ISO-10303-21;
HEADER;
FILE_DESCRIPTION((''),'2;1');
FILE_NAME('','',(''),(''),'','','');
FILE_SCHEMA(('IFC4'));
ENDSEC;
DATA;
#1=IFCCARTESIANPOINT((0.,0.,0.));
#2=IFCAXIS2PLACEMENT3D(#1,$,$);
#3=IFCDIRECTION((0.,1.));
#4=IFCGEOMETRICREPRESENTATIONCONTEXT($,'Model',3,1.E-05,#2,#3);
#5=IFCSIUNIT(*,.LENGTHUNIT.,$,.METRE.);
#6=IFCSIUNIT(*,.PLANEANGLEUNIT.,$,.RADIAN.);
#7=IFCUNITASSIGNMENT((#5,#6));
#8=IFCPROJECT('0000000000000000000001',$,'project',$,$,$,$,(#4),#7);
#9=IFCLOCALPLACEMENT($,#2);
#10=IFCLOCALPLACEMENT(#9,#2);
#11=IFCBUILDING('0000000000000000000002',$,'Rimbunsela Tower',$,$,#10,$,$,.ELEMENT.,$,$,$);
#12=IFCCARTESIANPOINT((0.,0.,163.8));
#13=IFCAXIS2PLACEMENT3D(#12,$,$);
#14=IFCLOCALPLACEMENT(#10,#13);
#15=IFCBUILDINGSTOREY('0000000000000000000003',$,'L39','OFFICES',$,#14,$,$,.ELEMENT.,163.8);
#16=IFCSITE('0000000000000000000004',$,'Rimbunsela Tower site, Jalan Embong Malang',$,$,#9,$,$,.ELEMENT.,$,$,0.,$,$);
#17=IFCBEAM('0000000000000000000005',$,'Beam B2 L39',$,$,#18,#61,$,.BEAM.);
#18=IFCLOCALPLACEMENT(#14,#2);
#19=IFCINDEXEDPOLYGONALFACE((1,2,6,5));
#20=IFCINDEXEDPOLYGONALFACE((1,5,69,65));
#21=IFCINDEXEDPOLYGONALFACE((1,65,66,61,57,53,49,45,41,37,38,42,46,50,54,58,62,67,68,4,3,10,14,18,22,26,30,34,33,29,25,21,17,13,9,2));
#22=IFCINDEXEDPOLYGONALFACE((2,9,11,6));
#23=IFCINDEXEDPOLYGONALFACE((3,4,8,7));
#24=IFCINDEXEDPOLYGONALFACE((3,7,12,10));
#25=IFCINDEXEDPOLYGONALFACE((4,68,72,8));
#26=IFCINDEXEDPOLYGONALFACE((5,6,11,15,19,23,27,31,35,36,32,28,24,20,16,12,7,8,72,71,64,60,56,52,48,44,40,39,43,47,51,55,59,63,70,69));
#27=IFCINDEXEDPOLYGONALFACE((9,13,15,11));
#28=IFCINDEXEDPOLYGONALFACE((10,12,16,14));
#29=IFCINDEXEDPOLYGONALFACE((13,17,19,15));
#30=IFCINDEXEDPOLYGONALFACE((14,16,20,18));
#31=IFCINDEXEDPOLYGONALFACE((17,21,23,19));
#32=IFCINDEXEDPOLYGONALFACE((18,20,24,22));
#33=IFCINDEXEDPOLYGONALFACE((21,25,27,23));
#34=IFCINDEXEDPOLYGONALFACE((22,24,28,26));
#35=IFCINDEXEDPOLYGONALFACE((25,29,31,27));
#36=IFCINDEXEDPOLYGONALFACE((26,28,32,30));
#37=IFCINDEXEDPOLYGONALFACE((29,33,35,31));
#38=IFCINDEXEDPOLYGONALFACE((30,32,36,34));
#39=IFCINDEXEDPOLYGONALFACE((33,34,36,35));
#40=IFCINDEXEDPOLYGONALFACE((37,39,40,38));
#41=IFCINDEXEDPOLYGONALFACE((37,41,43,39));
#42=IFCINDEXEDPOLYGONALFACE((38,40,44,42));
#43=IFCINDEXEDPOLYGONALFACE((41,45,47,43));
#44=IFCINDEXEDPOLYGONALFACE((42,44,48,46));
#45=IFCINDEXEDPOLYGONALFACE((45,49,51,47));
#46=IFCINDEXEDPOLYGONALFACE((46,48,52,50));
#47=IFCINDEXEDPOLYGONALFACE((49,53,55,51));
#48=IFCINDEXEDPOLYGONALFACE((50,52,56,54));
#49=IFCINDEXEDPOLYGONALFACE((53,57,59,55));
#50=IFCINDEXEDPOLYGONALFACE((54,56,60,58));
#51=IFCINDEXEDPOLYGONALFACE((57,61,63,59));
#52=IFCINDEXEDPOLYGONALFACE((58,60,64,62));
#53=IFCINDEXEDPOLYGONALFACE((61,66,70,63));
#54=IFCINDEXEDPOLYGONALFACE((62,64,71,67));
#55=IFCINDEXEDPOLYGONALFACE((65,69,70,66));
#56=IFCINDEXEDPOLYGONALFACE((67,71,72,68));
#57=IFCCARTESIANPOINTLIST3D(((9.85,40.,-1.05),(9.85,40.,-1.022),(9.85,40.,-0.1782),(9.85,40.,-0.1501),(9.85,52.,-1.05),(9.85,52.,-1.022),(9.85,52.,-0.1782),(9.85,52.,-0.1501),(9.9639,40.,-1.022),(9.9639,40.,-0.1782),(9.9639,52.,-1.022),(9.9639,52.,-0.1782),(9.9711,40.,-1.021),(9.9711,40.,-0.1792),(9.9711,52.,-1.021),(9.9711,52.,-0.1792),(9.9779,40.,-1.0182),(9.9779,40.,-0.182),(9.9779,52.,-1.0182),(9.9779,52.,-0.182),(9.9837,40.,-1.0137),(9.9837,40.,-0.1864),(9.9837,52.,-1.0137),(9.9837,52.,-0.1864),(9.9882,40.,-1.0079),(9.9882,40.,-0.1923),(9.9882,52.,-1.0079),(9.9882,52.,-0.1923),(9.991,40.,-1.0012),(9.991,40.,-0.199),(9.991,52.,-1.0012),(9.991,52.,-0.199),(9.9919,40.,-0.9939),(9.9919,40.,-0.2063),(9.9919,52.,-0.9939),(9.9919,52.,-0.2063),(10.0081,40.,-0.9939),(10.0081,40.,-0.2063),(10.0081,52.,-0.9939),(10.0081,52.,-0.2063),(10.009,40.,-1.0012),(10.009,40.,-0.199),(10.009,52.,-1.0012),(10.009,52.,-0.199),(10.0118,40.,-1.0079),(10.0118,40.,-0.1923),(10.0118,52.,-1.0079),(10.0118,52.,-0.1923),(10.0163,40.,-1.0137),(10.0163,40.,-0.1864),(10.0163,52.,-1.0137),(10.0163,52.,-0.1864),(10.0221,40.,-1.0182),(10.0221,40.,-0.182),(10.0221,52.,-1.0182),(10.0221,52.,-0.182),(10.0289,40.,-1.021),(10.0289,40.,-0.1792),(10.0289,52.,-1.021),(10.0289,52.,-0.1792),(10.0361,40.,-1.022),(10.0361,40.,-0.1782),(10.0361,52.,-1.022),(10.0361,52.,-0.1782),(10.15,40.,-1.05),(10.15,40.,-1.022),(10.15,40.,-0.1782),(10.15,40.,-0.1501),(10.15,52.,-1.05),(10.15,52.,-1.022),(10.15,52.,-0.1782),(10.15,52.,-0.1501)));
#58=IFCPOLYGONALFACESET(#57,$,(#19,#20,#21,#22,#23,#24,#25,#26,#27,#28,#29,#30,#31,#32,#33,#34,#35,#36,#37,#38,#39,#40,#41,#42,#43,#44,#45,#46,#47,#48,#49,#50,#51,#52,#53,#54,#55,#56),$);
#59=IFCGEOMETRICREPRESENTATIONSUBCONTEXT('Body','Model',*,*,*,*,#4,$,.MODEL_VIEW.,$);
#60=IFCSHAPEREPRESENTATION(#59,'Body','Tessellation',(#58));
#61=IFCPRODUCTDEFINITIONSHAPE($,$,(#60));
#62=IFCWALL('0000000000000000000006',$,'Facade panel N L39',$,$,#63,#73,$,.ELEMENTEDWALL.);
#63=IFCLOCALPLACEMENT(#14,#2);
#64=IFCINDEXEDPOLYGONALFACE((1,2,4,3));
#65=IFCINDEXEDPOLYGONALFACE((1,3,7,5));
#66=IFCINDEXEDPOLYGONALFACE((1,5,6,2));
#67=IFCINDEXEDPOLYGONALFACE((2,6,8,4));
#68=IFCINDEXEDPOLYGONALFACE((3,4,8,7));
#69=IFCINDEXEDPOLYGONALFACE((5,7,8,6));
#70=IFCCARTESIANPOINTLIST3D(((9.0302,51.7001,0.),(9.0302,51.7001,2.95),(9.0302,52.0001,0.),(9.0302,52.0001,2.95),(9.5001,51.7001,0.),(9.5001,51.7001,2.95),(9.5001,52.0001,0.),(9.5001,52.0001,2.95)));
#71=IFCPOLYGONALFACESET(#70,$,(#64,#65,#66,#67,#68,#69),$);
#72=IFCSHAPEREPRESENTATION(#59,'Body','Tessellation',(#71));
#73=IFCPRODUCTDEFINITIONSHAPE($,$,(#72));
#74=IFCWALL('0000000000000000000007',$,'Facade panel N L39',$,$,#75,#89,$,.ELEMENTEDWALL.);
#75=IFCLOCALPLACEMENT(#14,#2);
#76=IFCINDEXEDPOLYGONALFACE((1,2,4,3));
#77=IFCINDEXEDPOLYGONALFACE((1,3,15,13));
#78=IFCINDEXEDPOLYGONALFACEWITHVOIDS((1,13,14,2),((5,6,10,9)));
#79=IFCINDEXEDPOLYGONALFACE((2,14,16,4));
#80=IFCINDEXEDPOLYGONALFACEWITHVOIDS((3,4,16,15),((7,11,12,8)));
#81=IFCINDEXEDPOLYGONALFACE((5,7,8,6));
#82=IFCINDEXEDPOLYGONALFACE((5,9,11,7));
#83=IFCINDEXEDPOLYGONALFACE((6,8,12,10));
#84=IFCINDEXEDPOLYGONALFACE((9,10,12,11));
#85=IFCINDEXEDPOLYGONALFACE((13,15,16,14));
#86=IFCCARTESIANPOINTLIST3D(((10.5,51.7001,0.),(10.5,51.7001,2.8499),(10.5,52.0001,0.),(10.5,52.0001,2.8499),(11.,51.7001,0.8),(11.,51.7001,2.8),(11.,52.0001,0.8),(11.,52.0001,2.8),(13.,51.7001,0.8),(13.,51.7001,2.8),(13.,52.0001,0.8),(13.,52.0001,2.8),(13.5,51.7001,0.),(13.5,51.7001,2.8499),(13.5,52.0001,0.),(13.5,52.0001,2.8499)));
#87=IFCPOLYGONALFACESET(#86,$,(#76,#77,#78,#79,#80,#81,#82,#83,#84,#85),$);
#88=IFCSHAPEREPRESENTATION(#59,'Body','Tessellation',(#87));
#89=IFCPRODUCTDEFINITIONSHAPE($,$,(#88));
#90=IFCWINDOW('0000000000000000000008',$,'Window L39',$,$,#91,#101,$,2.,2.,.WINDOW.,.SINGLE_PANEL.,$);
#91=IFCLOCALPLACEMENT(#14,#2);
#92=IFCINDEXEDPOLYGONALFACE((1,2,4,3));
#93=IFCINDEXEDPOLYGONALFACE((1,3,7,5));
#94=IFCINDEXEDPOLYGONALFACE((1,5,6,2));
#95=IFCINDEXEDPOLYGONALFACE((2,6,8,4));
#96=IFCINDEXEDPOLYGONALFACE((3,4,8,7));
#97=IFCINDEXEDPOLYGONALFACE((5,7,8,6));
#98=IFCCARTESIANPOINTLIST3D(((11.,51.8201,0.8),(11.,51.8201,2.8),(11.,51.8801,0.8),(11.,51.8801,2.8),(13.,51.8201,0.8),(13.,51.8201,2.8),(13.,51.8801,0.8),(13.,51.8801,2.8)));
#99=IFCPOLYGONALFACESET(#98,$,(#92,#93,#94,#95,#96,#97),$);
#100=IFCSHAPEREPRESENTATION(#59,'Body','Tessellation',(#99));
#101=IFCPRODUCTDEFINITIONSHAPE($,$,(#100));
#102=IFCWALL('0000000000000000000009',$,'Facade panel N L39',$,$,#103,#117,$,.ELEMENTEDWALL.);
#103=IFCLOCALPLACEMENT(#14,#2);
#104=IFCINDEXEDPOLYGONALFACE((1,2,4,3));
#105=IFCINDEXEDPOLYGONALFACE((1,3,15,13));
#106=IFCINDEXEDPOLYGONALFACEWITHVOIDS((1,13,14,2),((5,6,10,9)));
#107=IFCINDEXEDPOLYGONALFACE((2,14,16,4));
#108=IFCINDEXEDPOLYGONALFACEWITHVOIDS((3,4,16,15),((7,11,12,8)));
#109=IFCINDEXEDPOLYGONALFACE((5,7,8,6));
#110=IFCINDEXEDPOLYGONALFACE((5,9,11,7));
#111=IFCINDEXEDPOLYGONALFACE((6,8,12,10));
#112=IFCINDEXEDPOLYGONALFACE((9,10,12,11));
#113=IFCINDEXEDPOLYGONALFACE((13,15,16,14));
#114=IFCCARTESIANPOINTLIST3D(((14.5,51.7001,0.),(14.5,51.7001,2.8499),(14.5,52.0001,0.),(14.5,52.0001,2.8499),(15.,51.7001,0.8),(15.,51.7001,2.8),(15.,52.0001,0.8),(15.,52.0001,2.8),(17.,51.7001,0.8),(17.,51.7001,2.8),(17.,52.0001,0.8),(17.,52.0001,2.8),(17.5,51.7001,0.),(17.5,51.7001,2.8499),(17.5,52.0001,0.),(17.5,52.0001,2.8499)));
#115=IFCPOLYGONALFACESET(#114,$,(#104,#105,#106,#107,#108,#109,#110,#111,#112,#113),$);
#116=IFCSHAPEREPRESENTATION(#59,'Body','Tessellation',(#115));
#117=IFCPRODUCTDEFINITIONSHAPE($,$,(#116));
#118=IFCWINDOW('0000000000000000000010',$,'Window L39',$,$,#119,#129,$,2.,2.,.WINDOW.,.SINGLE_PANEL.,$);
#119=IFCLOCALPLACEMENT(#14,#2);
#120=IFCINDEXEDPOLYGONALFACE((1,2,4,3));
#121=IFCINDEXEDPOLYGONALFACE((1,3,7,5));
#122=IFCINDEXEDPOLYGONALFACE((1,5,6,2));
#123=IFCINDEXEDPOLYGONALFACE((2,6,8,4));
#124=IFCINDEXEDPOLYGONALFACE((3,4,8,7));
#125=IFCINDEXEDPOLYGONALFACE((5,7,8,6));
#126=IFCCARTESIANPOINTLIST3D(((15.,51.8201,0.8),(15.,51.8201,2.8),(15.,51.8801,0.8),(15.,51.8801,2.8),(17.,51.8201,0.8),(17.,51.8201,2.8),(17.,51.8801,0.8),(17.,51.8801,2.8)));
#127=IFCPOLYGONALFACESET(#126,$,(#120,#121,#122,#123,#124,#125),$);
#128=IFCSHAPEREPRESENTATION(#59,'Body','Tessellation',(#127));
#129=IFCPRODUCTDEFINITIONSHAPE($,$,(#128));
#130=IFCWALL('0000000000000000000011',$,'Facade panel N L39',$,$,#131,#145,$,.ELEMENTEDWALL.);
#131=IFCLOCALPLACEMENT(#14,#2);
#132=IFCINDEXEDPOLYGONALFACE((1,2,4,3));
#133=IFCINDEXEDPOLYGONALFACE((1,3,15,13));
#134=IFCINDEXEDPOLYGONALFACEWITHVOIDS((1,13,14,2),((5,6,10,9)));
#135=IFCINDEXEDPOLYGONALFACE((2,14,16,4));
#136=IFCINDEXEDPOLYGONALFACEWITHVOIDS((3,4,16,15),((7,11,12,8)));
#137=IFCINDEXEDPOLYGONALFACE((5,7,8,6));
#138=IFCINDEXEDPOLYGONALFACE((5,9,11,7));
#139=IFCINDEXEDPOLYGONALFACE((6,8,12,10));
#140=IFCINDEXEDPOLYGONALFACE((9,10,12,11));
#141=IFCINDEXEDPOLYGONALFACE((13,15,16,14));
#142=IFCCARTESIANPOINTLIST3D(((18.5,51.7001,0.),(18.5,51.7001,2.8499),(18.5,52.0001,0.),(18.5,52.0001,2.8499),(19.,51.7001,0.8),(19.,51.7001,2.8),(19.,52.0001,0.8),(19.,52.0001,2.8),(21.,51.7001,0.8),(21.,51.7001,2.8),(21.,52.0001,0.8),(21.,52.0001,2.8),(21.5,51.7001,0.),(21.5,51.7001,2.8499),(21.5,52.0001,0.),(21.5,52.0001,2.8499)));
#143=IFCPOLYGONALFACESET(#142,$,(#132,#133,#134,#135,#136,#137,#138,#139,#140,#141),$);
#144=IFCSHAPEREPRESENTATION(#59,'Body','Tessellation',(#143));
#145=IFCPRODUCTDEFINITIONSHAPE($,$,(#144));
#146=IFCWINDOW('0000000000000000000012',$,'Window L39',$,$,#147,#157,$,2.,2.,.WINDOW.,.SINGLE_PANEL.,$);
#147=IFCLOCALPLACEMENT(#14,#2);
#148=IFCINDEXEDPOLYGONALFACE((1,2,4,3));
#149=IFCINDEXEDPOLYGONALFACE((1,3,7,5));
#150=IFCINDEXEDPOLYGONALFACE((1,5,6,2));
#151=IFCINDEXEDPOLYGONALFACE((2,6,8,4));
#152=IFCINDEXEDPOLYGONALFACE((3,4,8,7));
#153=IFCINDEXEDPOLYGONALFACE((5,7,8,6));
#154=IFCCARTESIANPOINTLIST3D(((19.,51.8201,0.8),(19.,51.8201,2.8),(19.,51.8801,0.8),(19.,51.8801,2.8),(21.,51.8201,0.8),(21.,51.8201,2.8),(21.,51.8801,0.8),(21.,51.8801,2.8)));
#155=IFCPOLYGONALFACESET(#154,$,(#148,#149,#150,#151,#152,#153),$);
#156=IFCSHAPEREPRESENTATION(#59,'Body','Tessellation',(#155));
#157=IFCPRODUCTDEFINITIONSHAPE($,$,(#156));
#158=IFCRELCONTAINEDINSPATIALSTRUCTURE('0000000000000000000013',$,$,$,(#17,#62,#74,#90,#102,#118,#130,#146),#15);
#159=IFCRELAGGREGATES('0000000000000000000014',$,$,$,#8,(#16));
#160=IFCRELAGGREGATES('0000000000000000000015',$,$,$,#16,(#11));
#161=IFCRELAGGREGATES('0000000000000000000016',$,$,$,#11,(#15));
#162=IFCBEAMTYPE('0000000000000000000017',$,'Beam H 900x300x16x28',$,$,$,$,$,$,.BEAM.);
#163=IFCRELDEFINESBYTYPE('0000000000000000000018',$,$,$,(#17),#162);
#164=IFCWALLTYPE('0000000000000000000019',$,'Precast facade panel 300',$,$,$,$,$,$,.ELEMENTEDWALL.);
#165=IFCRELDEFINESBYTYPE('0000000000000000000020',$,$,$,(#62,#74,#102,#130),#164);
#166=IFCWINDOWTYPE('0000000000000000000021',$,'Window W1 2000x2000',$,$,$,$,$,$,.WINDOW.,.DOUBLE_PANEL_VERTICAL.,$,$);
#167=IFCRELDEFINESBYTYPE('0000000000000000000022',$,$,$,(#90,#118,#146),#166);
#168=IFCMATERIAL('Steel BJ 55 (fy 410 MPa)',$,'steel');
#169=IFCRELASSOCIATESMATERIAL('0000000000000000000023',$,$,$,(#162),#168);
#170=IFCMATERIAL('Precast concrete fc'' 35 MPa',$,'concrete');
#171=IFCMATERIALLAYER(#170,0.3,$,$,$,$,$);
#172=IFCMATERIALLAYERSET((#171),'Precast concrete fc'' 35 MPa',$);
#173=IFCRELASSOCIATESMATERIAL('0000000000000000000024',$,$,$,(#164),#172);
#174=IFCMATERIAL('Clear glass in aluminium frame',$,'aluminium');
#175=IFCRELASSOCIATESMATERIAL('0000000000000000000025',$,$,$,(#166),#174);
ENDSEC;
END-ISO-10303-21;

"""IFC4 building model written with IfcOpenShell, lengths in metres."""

from ifc_helpers import new_model, si_unit, direction, frame, frame_2d, origin, origin_2d, place, context, subcontext, project, spatial, rectangle, i_section, extrude, material, layer, layer_set, material_profile, profile_set, type_object, element, fill, save


model = new_model("IFC4")

# Units and contexts
model_context = context("Model", 3, precision=1e-05, world=origin(), true_north=direction((0.0, 1.0)))
body_context = subcontext(model_context, "Body", "Model", "MODEL_VIEW")
ifc_project = project(units=[si_unit("LENGTHUNIT", "METRE"), si_unit("PLANEANGLEUNIT", "RADIAN")], contexts=[model_context])

# Site, building, storey
site_placement = place(None, origin())
site = spatial("IfcSite", under=ifc_project, at=site_placement, Name="Rimbunsela Tower site, Jalan Embong Malang", CompositionType="ELEMENT", RefElevation=0.0)
building_placement = place(site_placement, origin())
building = spatial("IfcBuilding", under=site, at=building_placement, Name="Rimbunsela Tower", CompositionType="ELEMENT")
storey_placement = place(building_placement, frame((0.0, 0.0, 163.8)))
storey = spatial("IfcBuildingStorey", under=building, at=storey_placement, Name="L39", Description="OFFICES", CompositionType="ELEMENT", Elevation=163.8)

# Beam
ifc_material_1 = material(Name="Steel BJ 55 (fy 410 MPa)", Category="steel")
ifc_material_profile_1 = material_profile(ifc_material_1, i_section(OverallWidth=0.3, OverallDepth=0.8999, WebThickness=0.0161, FlangeThickness=0.0281, FilletRadius=0.0281, at=origin_2d()), Name="H 900x300x16x28")
ifc_profile_set_1 = profile_set([ifc_material_profile_1], Name="Steel BJ 55 (fy 410 MPa)")
beam_type_1 = type_object("IfcBeamType", Name="Beam H 900x300x16x28", PredefinedType="BEAM", material=ifc_profile_set_1)
beam_1_placement = place(storey_placement, frame((10.0, 40.0, -0.6001), z_axis=(0.0, 1.0, 0.0), x_axis=(-1.0, 0.0, 0.0)))
element("IfcBeam", 1, at=beam_1_placement, inside=storey, type_object=beam_type_1, Name="Beam B2 L39", PredefinedType="BEAM", context=body_context, shape_type="SweptSolid", body=[
    extrude(i_section(OverallWidth=0.3, OverallDepth=0.8999, WebThickness=0.0161, FlangeThickness=0.0281, FilletRadius=0.0281, at=origin_2d()), origin(), (0.0, 0.0, 1.0), 12.0),
])

# Wall
ifc_material_2 = material(Name="Precast concrete fc' 35 MPa", Category="concrete")
ifc_layer_1 = layer(ifc_material_2, 0.3)
ifc_layer_set_1 = layer_set([ifc_layer_1], Name="Precast concrete fc' 35 MPa")
wall_type_1 = type_object("IfcWallType", Name="Precast facade panel 300", PredefinedType="ELEMENTEDWALL", material=ifc_layer_set_1)
wall_1_placement = place(storey_placement, frame((9.5, 51.8501, 0.0), z_axis=(0.0, 0.0, 1.0), x_axis=(-1.0, 0.0, 0.0)))
element("IfcWall", 2, at=wall_1_placement, inside=storey, type_object=wall_type_1, Name="Facade panel N L39", PredefinedType="ELEMENTEDWALL", context=body_context, shape_type="SweptSolid", body=[
    extrude(rectangle(XDim=0.47, YDim=0.3, at=frame_2d((0.2349, 0.0))), origin(), (0.0, 0.0, 1.0), 2.95),
])

# Walls, openings, windows
wall_2_placement = place(storey_placement, frame((13.5, 51.8501, 0.0), z_axis=(0.0, 0.0, 1.0), x_axis=(-1.0, 0.0, 0.0)))
wall_2 = element("IfcWall", 3, at=wall_2_placement, inside=storey, type_object=wall_type_1, Name="Facade panel N L39", PredefinedType="ELEMENTEDWALL", context=body_context, shape_type="SweptSolid", body=[
    extrude(rectangle(XDim=3.0, YDim=0.3, at=frame_2d((1.5, 0.0))), origin(), (0.0, 0.0, 1.0), 2.8499),
])
opening_1_placement = place(wall_2_placement, frame((0.5, 0.0, 0.8)))
opening_1 = element("IfcOpeningElement", 4, at=opening_1_placement, cuts=wall_2, PredefinedType="OPENING", context=body_context, shape_type="SweptSolid", body=[
    extrude(rectangle(XDim=2.0, YDim=2.0, at=frame_2d((1.0, 1.0))), frame((0.0, 0.1599, 0.0), z_axis=(0.0, -1.0, 0.0), x_axis=(1.0, 0.0, 0.0)), (0.0, 0.0, 1.0), 0.3201),
])
ifc_material_3 = material(Name="Clear glass in aluminium frame", Category="aluminium")
window_type = type_object("IfcWindowType", Name="Window W1 2000x2000", PartitioningType="DOUBLE_PANEL_VERTICAL", PredefinedType="WINDOW", material=ifc_material_3)
window_1_placement = place(opening_1_placement, origin())
window_1 = element("IfcWindow", 5, at=window_1_placement, inside=storey, type_object=window_type, Name="Window L39", OverallHeight=2.0, OverallWidth=2.0, PartitioningType="SINGLE_PANEL", PredefinedType="WINDOW", context=body_context, shape_type="SweptSolid", body=[
    extrude(rectangle(XDim=2.0, YDim=2.0, at=frame_2d((1.0, 1.0))), frame((0.0, 0.03, 0.0), z_axis=(0.0, -1.0, 0.0), x_axis=(1.0, 0.0, 0.0)), (0.0, 0.0, 1.0), 0.0601),
])
fill(opening_1, window_1)
wall_3_placement = place(storey_placement, frame((17.5, 51.8501, 0.0), z_axis=(0.0, 0.0, 1.0), x_axis=(-1.0, 0.0, 0.0)))
wall_3 = element("IfcWall", 6, at=wall_3_placement, inside=storey, type_object=wall_type_1, Name="Facade panel N L39", PredefinedType="ELEMENTEDWALL", context=body_context, shape_type="SweptSolid", body=[
    extrude(rectangle(XDim=3.0, YDim=0.3, at=frame_2d((1.5, 0.0))), origin(), (0.0, 0.0, 1.0), 2.8499),
])
opening_2_placement = place(wall_3_placement, frame((0.5, 0.0, 0.8)))
opening_2 = element("IfcOpeningElement", 7, at=opening_2_placement, cuts=wall_3, PredefinedType="OPENING", context=body_context, shape_type="SweptSolid", body=[
    extrude(rectangle(XDim=2.0, YDim=2.0, at=frame_2d((1.0, 1.0))), frame((0.0, 0.1599, 0.0), z_axis=(0.0, -1.0, 0.0), x_axis=(1.0, 0.0, 0.0)), (0.0, 0.0, 1.0), 0.3201),
])
window_2_placement = place(opening_2_placement, origin())
window_2 = element("IfcWindow", 8, at=window_2_placement, inside=storey, type_object=window_type, Name="Window L39", OverallHeight=2.0, OverallWidth=2.0, PartitioningType="SINGLE_PANEL", PredefinedType="WINDOW", context=body_context, shape_type="SweptSolid", body=[
    extrude(rectangle(XDim=2.0, YDim=2.0, at=frame_2d((1.0, 1.0))), frame((0.0, 0.03, 0.0), z_axis=(0.0, -1.0, 0.0), x_axis=(1.0, 0.0, 0.0)), (0.0, 0.0, 1.0), 0.0601),
])
fill(opening_2, window_2)
wall_4_placement = place(storey_placement, frame((21.5, 51.8501, 0.0), z_axis=(0.0, 0.0, 1.0), x_axis=(-1.0, 0.0, 0.0)))
wall_4 = element("IfcWall", 9, at=wall_4_placement, inside=storey, type_object=wall_type_1, Name="Facade panel N L39", PredefinedType="ELEMENTEDWALL", context=body_context, shape_type="SweptSolid", body=[
    extrude(rectangle(XDim=3.0, YDim=0.3, at=frame_2d((1.5, 0.0))), origin(), (0.0, 0.0, 1.0), 2.8499),
])
opening_3_placement = place(wall_4_placement, frame((0.5, 0.0, 0.8)))
opening_3 = element("IfcOpeningElement", 10, at=opening_3_placement, cuts=wall_4, PredefinedType="OPENING", context=body_context, shape_type="SweptSolid", body=[
    extrude(rectangle(XDim=2.0, YDim=2.0, at=frame_2d((1.0, 1.0))), frame((0.0, 0.1599, 0.0), z_axis=(0.0, -1.0, 0.0), x_axis=(1.0, 0.0, 0.0)), (0.0, 0.0, 1.0), 0.3201),
])
window_3_placement = place(opening_3_placement, origin())
window_3 = element("IfcWindow", 11, at=window_3_placement, inside=storey, type_object=window_type, Name="Window L39", OverallHeight=2.0, OverallWidth=2.0, PartitioningType="SINGLE_PANEL", PredefinedType="WINDOW", context=body_context, shape_type="SweptSolid", body=[
    extrude(rectangle(XDim=2.0, YDim=2.0, at=frame_2d((1.0, 1.0))), frame((0.0, 0.03, 0.0), z_axis=(0.0, -1.0, 0.0), x_axis=(1.0, 0.0, 0.0)), (0.0, 0.0, 1.0), 0.0601),
])
fill(opening_3, window_3)

save(model, "model.ifc")
